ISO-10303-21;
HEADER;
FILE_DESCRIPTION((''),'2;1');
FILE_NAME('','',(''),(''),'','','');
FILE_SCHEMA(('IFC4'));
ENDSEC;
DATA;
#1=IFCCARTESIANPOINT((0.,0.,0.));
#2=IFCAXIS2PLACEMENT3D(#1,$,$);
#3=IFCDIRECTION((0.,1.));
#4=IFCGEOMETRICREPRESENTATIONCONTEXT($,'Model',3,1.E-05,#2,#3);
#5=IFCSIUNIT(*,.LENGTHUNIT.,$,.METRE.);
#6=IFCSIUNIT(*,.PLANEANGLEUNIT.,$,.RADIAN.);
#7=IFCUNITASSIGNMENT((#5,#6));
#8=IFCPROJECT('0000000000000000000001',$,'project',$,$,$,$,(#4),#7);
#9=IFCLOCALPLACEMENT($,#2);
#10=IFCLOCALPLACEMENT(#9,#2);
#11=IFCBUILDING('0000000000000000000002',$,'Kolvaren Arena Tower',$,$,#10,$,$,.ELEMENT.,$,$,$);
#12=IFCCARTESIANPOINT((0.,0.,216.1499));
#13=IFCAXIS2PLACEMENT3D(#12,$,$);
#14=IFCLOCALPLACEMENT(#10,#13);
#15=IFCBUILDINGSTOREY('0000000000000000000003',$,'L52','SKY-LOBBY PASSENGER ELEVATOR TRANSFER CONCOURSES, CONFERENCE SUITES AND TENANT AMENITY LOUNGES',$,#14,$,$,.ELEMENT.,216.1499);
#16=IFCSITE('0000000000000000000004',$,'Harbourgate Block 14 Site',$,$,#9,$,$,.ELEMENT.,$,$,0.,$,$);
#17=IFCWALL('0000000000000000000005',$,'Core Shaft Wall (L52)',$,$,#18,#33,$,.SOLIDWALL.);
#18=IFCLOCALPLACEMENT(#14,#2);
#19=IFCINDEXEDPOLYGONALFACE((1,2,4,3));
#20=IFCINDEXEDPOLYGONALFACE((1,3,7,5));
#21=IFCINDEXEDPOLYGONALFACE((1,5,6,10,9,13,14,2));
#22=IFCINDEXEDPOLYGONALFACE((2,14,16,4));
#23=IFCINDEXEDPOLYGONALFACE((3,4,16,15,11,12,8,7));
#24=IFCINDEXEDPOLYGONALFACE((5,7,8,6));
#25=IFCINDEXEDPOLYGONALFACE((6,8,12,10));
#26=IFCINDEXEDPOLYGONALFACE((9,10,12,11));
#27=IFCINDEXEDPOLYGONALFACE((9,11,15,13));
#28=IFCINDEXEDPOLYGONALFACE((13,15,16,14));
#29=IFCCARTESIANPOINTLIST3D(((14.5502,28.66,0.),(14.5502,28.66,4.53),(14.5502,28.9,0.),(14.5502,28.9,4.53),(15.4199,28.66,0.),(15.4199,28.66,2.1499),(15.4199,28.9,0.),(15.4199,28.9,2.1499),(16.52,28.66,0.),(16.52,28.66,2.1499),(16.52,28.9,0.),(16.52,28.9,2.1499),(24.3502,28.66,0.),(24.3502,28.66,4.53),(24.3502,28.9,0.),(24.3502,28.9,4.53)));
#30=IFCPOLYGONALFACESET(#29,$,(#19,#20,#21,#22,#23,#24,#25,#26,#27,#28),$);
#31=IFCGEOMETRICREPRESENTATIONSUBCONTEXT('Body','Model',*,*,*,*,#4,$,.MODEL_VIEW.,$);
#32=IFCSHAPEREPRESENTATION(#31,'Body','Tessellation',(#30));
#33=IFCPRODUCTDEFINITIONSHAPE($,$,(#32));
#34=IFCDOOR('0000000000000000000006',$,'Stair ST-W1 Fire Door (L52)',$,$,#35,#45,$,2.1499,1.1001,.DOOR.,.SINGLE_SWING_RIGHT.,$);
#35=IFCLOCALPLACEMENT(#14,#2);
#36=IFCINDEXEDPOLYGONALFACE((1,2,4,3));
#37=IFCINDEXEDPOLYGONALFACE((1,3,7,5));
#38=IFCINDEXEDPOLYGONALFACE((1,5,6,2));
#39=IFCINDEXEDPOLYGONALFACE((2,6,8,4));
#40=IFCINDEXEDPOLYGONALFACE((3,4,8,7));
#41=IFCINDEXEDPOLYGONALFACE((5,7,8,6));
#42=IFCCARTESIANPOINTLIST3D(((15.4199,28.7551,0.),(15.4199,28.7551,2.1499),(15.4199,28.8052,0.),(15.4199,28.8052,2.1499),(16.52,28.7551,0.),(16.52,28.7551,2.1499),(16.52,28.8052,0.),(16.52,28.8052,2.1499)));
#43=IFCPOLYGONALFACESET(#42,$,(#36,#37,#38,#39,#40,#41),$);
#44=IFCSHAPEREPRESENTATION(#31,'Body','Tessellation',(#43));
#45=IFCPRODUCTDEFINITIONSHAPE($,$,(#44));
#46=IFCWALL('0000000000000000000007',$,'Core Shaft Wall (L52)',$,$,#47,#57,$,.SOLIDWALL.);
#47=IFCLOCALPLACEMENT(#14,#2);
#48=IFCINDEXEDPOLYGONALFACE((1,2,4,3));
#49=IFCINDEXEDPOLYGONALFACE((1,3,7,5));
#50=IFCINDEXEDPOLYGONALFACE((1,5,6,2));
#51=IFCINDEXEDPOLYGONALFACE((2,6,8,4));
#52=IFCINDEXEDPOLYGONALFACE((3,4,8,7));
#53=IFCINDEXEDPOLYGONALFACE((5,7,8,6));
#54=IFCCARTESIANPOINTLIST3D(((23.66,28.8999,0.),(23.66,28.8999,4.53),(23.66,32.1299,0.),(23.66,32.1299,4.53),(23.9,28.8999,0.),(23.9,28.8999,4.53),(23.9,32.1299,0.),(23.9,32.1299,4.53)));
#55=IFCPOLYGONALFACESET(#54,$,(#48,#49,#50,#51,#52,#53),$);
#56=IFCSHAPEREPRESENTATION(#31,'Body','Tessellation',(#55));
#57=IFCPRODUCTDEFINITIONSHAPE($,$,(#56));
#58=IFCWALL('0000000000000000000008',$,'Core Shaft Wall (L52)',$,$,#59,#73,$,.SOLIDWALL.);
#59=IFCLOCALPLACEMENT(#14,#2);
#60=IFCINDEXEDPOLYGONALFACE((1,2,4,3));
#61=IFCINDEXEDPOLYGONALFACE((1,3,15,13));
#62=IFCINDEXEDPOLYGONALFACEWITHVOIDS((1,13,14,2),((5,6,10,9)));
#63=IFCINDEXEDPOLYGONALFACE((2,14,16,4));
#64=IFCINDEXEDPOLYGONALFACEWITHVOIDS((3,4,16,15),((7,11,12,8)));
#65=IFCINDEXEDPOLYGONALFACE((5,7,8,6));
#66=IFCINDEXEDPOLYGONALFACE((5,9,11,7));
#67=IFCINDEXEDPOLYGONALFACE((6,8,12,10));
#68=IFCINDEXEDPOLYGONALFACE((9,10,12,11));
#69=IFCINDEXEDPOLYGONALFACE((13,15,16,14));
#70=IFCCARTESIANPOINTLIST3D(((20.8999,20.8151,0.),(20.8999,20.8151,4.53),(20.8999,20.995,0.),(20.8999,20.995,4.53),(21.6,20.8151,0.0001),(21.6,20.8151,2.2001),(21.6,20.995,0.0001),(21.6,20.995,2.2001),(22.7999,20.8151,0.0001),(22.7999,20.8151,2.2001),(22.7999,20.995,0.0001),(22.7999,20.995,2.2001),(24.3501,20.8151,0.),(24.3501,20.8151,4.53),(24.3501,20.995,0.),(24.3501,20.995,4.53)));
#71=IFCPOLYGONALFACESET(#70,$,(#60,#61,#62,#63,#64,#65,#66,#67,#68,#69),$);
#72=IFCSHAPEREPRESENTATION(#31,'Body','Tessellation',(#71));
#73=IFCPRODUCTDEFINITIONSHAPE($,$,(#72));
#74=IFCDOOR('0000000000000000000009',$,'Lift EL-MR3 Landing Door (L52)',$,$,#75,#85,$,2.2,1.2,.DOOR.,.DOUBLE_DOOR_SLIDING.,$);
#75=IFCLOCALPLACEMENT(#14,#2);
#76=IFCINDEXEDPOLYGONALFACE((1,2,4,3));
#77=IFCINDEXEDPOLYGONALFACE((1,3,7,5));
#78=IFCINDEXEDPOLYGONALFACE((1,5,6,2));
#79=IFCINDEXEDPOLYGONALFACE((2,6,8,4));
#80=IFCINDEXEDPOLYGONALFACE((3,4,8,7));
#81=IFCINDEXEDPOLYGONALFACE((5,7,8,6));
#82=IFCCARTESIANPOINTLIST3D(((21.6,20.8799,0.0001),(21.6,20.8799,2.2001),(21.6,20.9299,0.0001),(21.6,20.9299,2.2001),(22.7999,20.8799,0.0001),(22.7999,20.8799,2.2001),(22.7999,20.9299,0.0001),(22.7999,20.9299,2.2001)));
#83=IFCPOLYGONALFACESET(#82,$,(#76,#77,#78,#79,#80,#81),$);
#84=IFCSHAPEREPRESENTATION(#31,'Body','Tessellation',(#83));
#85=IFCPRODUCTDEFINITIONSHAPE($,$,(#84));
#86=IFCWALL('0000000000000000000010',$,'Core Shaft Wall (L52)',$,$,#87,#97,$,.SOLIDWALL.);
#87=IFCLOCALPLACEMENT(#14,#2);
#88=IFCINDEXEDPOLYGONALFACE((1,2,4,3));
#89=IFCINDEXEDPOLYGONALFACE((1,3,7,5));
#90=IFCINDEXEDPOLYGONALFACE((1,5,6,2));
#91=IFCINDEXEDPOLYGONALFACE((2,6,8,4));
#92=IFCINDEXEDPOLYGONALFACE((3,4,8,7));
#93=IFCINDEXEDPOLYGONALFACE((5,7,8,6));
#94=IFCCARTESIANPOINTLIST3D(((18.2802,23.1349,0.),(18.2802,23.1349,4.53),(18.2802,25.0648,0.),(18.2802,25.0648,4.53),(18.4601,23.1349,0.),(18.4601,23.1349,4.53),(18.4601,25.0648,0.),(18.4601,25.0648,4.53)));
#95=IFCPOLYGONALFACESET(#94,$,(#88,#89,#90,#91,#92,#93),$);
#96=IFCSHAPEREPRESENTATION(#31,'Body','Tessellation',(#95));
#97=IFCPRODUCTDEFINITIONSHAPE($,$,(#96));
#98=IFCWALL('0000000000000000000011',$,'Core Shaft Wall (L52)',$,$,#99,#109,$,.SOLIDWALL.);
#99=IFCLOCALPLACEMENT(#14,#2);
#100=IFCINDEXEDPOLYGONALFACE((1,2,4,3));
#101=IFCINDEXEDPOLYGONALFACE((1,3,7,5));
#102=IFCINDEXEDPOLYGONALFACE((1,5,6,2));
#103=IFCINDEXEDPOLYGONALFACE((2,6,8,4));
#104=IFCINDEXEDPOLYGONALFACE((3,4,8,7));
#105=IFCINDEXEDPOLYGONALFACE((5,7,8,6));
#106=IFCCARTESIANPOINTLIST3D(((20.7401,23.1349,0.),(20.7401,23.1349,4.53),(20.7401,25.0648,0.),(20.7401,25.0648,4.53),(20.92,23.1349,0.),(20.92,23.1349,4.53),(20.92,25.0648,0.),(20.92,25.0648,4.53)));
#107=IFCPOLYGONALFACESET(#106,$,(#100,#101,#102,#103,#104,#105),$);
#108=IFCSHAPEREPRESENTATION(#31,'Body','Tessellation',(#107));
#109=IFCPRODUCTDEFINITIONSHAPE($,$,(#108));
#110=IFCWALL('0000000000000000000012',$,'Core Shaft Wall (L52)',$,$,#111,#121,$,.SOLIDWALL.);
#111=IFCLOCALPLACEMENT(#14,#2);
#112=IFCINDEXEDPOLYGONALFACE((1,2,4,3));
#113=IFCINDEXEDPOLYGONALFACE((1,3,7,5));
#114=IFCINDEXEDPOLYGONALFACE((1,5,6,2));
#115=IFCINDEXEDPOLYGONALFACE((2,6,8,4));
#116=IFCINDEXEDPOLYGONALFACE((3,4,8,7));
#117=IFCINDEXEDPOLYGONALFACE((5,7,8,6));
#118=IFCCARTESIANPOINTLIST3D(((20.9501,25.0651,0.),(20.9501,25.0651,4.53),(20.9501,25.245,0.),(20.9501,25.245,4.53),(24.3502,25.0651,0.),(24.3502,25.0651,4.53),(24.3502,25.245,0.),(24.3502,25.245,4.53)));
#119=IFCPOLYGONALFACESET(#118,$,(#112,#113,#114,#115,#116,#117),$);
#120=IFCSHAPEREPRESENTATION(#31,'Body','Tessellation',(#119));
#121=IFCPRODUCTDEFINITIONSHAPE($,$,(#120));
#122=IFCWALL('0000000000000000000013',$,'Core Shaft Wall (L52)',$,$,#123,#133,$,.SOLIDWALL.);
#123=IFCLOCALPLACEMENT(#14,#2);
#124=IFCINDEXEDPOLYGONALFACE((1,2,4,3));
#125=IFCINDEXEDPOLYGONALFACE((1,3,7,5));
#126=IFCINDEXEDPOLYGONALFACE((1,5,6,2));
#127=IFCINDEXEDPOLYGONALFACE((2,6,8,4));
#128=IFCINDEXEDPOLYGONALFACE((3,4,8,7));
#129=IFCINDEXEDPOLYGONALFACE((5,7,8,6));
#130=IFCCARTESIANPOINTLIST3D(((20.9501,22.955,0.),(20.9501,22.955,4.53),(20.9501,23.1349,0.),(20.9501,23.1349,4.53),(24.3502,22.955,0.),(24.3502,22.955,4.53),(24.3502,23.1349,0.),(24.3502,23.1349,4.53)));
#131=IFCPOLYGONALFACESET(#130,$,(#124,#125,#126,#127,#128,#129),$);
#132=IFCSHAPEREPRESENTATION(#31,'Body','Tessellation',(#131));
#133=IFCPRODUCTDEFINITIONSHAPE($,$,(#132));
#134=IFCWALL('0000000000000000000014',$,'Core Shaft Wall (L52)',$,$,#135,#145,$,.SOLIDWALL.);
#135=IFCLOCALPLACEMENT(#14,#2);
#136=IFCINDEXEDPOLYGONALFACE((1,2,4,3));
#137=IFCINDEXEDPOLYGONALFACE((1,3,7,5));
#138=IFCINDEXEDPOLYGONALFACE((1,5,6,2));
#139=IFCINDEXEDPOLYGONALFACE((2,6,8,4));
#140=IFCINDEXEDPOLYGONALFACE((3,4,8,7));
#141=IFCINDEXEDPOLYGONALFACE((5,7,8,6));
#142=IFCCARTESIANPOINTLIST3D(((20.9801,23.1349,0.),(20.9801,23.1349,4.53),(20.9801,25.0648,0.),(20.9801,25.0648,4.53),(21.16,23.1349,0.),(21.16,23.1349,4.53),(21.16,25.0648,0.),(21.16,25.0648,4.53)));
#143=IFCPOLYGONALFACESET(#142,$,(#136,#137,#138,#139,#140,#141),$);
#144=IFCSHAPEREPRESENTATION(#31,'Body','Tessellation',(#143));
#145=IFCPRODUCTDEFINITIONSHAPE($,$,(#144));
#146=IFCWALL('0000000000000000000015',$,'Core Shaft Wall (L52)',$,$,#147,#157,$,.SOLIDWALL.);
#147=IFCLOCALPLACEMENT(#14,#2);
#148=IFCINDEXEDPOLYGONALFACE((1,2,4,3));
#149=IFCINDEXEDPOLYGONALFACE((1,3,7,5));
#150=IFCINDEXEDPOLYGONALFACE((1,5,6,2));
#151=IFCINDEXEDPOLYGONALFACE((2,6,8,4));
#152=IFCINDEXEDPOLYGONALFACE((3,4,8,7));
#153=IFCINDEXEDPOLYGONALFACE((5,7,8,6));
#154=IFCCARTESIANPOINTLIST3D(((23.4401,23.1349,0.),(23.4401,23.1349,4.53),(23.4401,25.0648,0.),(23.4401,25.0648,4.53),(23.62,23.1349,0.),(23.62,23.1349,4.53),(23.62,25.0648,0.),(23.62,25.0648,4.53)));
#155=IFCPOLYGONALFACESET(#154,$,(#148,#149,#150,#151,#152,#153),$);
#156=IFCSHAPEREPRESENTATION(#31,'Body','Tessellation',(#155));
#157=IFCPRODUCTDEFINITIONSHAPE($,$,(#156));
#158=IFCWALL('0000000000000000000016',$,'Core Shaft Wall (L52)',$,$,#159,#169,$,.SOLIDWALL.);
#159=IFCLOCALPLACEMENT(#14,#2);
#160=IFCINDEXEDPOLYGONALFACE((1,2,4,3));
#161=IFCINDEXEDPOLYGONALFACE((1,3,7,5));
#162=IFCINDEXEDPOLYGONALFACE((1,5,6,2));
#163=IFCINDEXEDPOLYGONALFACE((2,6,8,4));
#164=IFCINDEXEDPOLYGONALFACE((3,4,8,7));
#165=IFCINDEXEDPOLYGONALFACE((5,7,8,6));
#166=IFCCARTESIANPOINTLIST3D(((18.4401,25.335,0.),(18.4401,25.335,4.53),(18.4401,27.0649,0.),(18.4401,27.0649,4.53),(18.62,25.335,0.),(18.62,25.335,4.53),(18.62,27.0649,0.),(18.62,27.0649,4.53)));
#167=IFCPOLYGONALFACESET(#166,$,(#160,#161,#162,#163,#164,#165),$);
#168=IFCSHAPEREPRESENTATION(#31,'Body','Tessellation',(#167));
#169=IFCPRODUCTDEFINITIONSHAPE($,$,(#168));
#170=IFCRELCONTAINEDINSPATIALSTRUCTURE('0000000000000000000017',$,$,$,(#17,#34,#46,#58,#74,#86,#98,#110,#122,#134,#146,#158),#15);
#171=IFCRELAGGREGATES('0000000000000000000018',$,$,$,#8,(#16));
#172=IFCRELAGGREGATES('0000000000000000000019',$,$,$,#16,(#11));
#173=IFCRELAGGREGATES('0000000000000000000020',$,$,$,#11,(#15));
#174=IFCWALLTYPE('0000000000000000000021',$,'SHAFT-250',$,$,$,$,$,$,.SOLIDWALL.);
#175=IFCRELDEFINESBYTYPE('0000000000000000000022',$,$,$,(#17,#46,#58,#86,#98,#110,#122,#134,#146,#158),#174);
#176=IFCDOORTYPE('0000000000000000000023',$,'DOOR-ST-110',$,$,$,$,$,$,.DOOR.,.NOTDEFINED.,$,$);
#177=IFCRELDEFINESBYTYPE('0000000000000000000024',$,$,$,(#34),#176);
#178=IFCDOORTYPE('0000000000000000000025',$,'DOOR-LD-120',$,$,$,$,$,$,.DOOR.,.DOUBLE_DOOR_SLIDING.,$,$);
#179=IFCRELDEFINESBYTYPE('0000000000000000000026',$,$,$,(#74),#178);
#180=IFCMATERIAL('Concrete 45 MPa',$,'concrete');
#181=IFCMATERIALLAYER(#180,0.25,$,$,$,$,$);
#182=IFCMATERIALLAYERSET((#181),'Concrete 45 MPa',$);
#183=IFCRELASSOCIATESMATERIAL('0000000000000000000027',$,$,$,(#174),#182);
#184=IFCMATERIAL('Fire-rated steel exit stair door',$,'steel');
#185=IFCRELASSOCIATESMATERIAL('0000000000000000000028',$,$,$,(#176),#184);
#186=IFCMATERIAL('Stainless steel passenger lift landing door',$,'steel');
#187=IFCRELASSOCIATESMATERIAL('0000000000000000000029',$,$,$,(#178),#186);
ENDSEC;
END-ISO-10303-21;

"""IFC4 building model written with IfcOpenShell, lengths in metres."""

from ifc_helpers import new_model, si_unit, direction, frame, frame_2d, origin, place, context, subcontext, project, spatial, rectangle, extrude, material, layer, layer_set, type_object, element, fill, save


model = new_model("IFC4")

# Units and contexts
model_context = context("Model", 3, precision=1e-05, world=origin(), true_north=direction((0.0, 1.0)))
body_context = subcontext(model_context, "Body", "Model", "MODEL_VIEW")
ifc_project = project(units=[si_unit("LENGTHUNIT", "METRE"), si_unit("PLANEANGLEUNIT", "RADIAN")], contexts=[model_context])

# Site, building, storey
site_placement = place(None, origin())
site = spatial("IfcSite", under=ifc_project, at=site_placement, Name="Harbourgate Block 14 Site", CompositionType="ELEMENT", RefElevation=0.0)
building_placement = place(site_placement, origin())
building = spatial("IfcBuilding", under=site, at=building_placement, Name="Kolvaren Arena Tower", CompositionType="ELEMENT")
storey_placement = place(building_placement, frame((0.0, 0.0, 216.1499)))
storey = spatial("IfcBuildingStorey", under=building, at=storey_placement, Name="L52", Description="SKY-LOBBY PASSENGER ELEVATOR TRANSFER CONCOURSES, CONFERENCE SUITES AND TENANT AMENITY LOUNGES", CompositionType="ELEMENT", Elevation=216.1499)

# Wall, opening, door
ifc_material_1 = material(Name="Concrete 45 MPa", Category="concrete")
ifc_layer = layer(ifc_material_1, 0.25)
ifc_layer_set = layer_set([ifc_layer], Name="Concrete 45 MPa")
wall_type = type_object("IfcWallType", Name="SHAFT-250", PredefinedType="SOLIDWALL", material=ifc_layer_set)
wall_1_placement = place(storey_placement, frame((24.3501, 28.78, 0.0), z_axis=(0.0, 0.0, 1.0), x_axis=(-1.0, 0.0, 0.0)))
wall_1 = element("IfcWall", 1, at=wall_1_placement, inside=storey, type_object=wall_type, Name="Core Shaft Wall (L52)", PredefinedType="SOLIDWALL", context=body_context, shape_type="SweptSolid", body=[
    extrude(rectangle(XDim=9.8, YDim=0.24, at=frame_2d((4.8999, 0.0))), origin(), (0.0, 0.0, 1.0), 4.53),
])
opening_1_placement = place(wall_1_placement, frame((7.8301, 0.0, 0.0)))
opening_1 = element("IfcOpeningElement", 2, at=opening_1_placement, cuts=wall_1, PredefinedType="OPENING", context=body_context, shape_type="SweptSolid", body=[
    extrude(rectangle(XDim=1.1001, YDim=2.1499, at=frame_2d((0.55, 1.075))), frame((0.0, 0.1299, 0.0), z_axis=(0.0, -1.0, 0.0), x_axis=(1.0, 0.0, 0.0)), (0.0, 0.0, 1.0), 0.26),
])
ifc_material_2 = material(Name="Fire-rated steel exit stair door", Category="steel")
door_type_1 = type_object("IfcDoorType", Name="DOOR-ST-110", OperationType="NOTDEFINED", PredefinedType="DOOR", material=ifc_material_2)
door_1_placement = place(opening_1_placement, origin())
door_1 = element("IfcDoor", 3, at=door_1_placement, inside=storey, type_object=door_type_1, Name="Stair ST-W1 Fire Door (L52)", OperationType="SINGLE_SWING_RIGHT", OverallHeight=2.1499, OverallWidth=1.1001, PredefinedType="DOOR", context=body_context, shape_type="SweptSolid", body=[
    extrude(rectangle(XDim=1.1001, YDim=2.1499, at=frame_2d((0.55, 1.075))), frame((0.0, 0.0249, 0.0), z_axis=(0.0, -1.0, 0.0), x_axis=(1.0, 0.0, 0.0)), (0.0, 0.0, 1.0), 0.05),
])
fill(opening_1, door_1)

# Wall
wall_2_placement = place(storey_placement, frame((23.78, 28.8999, 0.0), z_axis=(0.0, 0.0, 1.0), x_axis=(0.0, 1.0, 0.0)))
element("IfcWall", 4, at=wall_2_placement, inside=storey, type_object=wall_type, Name="Core Shaft Wall (L52)", PredefinedType="SOLIDWALL", context=body_context, shape_type="SweptSolid", body=[
    extrude(rectangle(XDim=3.23, YDim=0.24, at=frame_2d((1.615, 0.0))), origin(), (0.0, 0.0, 1.0), 4.53),
])

# Wall, opening, door
wall_3_placement = place(storey_placement, frame((20.8999, 20.905, 0.0), z_axis=(0.0, 0.0, 1.0), x_axis=(1.0, 0.0, 0.0)))
wall_3 = element("IfcWall", 5, at=wall_3_placement, inside=storey, type_object=wall_type, Name="Core Shaft Wall (L52)", PredefinedType="SOLIDWALL", context=body_context, shape_type="SweptSolid", body=[
    extrude(rectangle(XDim=3.4502, YDim=0.1799, at=frame_2d((1.7251, 0.0))), origin(), (0.0, 0.0, 1.0), 4.53),
])
opening_2_placement = place(wall_3_placement, frame((0.7, 0.0, 0.0)))
opening_2 = element("IfcOpeningElement", 6, at=opening_2_placement, cuts=wall_3, PredefinedType="OPENING", context=body_context, shape_type="SweptSolid", body=[
    extrude(rectangle(XDim=1.2, YDim=2.2, at=frame_2d((0.6001, 1.1001))), frame((0.0, 0.0999, 0.0), z_axis=(0.0, -1.0, 0.0), x_axis=(1.0, 0.0, 0.0)), (0.0, 0.0, 1.0), 0.2),
])
ifc_material_3 = material(Name="Stainless steel passenger lift landing door", Category="steel")
door_type_2 = type_object("IfcDoorType", Name="DOOR-LD-120", OperationType="DOUBLE_DOOR_SLIDING", PredefinedType="DOOR", material=ifc_material_3)
door_2_placement = place(opening_2_placement, origin())
door_2 = element("IfcDoor", 7, at=door_2_placement, inside=storey, type_object=door_type_2, Name="Lift EL-MR3 Landing Door (L52)", OperationType="DOUBLE_DOOR_SLIDING", OverallHeight=2.2, OverallWidth=1.2, PredefinedType="DOOR", context=body_context, shape_type="SweptSolid", body=[
    extrude(rectangle(XDim=1.2, YDim=2.2, at=frame_2d((0.6001, 1.1001))), frame((0.0, 0.0249, 0.0), z_axis=(0.0, -1.0, 0.0), x_axis=(1.0, 0.0, 0.0)), (0.0, 0.0, 1.0), 0.05),
])
fill(opening_2, door_2)

# Walls
for number, where, z_axis, x_axis, name in (
    (8, (18.3701, 23.135, 0.0), (0.0, 0.0, 1.0), (0.0, 1.0, 0.0), "Core Shaft Wall (L52)"),
    (9, (20.8301, 23.135, 0.0), (0.0, 0.0, 1.0), (0.0, 1.0, 0.0), "Core Shaft Wall (L52)"),
):
    element("IfcWall", number, at=place(storey_placement, frame(where, z_axis=z_axis, x_axis=x_axis)), inside=storey, type_object=wall_type, Name=name, PredefinedType="SOLIDWALL", context=body_context, shape_type="SweptSolid", body=[
        extrude(rectangle(XDim=1.9299, YDim=0.1799, at=frame_2d((0.9648, 0.0))), origin(), (0.0, 0.0, 1.0), 4.53),
    ])
for number, where, z_axis, x_axis, name in (
    (10, (20.95, 25.155, 0.0), (0.0, 0.0, 1.0), (1.0, 0.0, 0.0), "Core Shaft Wall (L52)"),
    (11, (20.95, 23.0449, 0.0), (0.0, 0.0, 1.0), (1.0, 0.0, 0.0), "Core Shaft Wall (L52)"),
):
    element("IfcWall", number, at=place(storey_placement, frame(where, z_axis=z_axis, x_axis=x_axis)), inside=storey, type_object=wall_type, Name=name, PredefinedType="SOLIDWALL", context=body_context, shape_type="SweptSolid", body=[
        extrude(rectangle(XDim=3.4001, YDim=0.1799, at=frame_2d((1.7002, 0.0))), origin(), (0.0, 0.0, 1.0), 4.53),
    ])
for number, where, z_axis, x_axis, name in (
    (12, (21.0701, 23.135, 0.0), (0.0, 0.0, 1.0), (0.0, 1.0, 0.0), "Core Shaft Wall (L52)"),
    (13, (23.53, 23.135, 0.0), (0.0, 0.0, 1.0), (0.0, 1.0, 0.0), "Core Shaft Wall (L52)"),
):
    element("IfcWall", number, at=place(storey_placement, frame(where, z_axis=z_axis, x_axis=x_axis)), inside=storey, type_object=wall_type, Name=name, PredefinedType="SOLIDWALL", context=body_context, shape_type="SweptSolid", body=[
        extrude(rectangle(XDim=1.9299, YDim=0.1799, at=frame_2d((0.9648, 0.0))), origin(), (0.0, 0.0, 1.0), 4.53),
    ])
wall_4_placement = place(storey_placement, frame((18.53, 25.335, 0.0), z_axis=(0.0, 0.0, 1.0), x_axis=(0.0, 1.0, 0.0)))
element("IfcWall", 14, at=wall_4_placement, inside=storey, type_object=wall_type, Name="Core Shaft Wall (L52)", PredefinedType="SOLIDWALL", context=body_context, shape_type="SweptSolid", body=[
    extrude(rectangle(XDim=1.73, YDim=0.1799, at=frame_2d((0.865, 0.0))), origin(), (0.0, 0.0, 1.0), 4.53),
])

save(model, "model.ifc")
